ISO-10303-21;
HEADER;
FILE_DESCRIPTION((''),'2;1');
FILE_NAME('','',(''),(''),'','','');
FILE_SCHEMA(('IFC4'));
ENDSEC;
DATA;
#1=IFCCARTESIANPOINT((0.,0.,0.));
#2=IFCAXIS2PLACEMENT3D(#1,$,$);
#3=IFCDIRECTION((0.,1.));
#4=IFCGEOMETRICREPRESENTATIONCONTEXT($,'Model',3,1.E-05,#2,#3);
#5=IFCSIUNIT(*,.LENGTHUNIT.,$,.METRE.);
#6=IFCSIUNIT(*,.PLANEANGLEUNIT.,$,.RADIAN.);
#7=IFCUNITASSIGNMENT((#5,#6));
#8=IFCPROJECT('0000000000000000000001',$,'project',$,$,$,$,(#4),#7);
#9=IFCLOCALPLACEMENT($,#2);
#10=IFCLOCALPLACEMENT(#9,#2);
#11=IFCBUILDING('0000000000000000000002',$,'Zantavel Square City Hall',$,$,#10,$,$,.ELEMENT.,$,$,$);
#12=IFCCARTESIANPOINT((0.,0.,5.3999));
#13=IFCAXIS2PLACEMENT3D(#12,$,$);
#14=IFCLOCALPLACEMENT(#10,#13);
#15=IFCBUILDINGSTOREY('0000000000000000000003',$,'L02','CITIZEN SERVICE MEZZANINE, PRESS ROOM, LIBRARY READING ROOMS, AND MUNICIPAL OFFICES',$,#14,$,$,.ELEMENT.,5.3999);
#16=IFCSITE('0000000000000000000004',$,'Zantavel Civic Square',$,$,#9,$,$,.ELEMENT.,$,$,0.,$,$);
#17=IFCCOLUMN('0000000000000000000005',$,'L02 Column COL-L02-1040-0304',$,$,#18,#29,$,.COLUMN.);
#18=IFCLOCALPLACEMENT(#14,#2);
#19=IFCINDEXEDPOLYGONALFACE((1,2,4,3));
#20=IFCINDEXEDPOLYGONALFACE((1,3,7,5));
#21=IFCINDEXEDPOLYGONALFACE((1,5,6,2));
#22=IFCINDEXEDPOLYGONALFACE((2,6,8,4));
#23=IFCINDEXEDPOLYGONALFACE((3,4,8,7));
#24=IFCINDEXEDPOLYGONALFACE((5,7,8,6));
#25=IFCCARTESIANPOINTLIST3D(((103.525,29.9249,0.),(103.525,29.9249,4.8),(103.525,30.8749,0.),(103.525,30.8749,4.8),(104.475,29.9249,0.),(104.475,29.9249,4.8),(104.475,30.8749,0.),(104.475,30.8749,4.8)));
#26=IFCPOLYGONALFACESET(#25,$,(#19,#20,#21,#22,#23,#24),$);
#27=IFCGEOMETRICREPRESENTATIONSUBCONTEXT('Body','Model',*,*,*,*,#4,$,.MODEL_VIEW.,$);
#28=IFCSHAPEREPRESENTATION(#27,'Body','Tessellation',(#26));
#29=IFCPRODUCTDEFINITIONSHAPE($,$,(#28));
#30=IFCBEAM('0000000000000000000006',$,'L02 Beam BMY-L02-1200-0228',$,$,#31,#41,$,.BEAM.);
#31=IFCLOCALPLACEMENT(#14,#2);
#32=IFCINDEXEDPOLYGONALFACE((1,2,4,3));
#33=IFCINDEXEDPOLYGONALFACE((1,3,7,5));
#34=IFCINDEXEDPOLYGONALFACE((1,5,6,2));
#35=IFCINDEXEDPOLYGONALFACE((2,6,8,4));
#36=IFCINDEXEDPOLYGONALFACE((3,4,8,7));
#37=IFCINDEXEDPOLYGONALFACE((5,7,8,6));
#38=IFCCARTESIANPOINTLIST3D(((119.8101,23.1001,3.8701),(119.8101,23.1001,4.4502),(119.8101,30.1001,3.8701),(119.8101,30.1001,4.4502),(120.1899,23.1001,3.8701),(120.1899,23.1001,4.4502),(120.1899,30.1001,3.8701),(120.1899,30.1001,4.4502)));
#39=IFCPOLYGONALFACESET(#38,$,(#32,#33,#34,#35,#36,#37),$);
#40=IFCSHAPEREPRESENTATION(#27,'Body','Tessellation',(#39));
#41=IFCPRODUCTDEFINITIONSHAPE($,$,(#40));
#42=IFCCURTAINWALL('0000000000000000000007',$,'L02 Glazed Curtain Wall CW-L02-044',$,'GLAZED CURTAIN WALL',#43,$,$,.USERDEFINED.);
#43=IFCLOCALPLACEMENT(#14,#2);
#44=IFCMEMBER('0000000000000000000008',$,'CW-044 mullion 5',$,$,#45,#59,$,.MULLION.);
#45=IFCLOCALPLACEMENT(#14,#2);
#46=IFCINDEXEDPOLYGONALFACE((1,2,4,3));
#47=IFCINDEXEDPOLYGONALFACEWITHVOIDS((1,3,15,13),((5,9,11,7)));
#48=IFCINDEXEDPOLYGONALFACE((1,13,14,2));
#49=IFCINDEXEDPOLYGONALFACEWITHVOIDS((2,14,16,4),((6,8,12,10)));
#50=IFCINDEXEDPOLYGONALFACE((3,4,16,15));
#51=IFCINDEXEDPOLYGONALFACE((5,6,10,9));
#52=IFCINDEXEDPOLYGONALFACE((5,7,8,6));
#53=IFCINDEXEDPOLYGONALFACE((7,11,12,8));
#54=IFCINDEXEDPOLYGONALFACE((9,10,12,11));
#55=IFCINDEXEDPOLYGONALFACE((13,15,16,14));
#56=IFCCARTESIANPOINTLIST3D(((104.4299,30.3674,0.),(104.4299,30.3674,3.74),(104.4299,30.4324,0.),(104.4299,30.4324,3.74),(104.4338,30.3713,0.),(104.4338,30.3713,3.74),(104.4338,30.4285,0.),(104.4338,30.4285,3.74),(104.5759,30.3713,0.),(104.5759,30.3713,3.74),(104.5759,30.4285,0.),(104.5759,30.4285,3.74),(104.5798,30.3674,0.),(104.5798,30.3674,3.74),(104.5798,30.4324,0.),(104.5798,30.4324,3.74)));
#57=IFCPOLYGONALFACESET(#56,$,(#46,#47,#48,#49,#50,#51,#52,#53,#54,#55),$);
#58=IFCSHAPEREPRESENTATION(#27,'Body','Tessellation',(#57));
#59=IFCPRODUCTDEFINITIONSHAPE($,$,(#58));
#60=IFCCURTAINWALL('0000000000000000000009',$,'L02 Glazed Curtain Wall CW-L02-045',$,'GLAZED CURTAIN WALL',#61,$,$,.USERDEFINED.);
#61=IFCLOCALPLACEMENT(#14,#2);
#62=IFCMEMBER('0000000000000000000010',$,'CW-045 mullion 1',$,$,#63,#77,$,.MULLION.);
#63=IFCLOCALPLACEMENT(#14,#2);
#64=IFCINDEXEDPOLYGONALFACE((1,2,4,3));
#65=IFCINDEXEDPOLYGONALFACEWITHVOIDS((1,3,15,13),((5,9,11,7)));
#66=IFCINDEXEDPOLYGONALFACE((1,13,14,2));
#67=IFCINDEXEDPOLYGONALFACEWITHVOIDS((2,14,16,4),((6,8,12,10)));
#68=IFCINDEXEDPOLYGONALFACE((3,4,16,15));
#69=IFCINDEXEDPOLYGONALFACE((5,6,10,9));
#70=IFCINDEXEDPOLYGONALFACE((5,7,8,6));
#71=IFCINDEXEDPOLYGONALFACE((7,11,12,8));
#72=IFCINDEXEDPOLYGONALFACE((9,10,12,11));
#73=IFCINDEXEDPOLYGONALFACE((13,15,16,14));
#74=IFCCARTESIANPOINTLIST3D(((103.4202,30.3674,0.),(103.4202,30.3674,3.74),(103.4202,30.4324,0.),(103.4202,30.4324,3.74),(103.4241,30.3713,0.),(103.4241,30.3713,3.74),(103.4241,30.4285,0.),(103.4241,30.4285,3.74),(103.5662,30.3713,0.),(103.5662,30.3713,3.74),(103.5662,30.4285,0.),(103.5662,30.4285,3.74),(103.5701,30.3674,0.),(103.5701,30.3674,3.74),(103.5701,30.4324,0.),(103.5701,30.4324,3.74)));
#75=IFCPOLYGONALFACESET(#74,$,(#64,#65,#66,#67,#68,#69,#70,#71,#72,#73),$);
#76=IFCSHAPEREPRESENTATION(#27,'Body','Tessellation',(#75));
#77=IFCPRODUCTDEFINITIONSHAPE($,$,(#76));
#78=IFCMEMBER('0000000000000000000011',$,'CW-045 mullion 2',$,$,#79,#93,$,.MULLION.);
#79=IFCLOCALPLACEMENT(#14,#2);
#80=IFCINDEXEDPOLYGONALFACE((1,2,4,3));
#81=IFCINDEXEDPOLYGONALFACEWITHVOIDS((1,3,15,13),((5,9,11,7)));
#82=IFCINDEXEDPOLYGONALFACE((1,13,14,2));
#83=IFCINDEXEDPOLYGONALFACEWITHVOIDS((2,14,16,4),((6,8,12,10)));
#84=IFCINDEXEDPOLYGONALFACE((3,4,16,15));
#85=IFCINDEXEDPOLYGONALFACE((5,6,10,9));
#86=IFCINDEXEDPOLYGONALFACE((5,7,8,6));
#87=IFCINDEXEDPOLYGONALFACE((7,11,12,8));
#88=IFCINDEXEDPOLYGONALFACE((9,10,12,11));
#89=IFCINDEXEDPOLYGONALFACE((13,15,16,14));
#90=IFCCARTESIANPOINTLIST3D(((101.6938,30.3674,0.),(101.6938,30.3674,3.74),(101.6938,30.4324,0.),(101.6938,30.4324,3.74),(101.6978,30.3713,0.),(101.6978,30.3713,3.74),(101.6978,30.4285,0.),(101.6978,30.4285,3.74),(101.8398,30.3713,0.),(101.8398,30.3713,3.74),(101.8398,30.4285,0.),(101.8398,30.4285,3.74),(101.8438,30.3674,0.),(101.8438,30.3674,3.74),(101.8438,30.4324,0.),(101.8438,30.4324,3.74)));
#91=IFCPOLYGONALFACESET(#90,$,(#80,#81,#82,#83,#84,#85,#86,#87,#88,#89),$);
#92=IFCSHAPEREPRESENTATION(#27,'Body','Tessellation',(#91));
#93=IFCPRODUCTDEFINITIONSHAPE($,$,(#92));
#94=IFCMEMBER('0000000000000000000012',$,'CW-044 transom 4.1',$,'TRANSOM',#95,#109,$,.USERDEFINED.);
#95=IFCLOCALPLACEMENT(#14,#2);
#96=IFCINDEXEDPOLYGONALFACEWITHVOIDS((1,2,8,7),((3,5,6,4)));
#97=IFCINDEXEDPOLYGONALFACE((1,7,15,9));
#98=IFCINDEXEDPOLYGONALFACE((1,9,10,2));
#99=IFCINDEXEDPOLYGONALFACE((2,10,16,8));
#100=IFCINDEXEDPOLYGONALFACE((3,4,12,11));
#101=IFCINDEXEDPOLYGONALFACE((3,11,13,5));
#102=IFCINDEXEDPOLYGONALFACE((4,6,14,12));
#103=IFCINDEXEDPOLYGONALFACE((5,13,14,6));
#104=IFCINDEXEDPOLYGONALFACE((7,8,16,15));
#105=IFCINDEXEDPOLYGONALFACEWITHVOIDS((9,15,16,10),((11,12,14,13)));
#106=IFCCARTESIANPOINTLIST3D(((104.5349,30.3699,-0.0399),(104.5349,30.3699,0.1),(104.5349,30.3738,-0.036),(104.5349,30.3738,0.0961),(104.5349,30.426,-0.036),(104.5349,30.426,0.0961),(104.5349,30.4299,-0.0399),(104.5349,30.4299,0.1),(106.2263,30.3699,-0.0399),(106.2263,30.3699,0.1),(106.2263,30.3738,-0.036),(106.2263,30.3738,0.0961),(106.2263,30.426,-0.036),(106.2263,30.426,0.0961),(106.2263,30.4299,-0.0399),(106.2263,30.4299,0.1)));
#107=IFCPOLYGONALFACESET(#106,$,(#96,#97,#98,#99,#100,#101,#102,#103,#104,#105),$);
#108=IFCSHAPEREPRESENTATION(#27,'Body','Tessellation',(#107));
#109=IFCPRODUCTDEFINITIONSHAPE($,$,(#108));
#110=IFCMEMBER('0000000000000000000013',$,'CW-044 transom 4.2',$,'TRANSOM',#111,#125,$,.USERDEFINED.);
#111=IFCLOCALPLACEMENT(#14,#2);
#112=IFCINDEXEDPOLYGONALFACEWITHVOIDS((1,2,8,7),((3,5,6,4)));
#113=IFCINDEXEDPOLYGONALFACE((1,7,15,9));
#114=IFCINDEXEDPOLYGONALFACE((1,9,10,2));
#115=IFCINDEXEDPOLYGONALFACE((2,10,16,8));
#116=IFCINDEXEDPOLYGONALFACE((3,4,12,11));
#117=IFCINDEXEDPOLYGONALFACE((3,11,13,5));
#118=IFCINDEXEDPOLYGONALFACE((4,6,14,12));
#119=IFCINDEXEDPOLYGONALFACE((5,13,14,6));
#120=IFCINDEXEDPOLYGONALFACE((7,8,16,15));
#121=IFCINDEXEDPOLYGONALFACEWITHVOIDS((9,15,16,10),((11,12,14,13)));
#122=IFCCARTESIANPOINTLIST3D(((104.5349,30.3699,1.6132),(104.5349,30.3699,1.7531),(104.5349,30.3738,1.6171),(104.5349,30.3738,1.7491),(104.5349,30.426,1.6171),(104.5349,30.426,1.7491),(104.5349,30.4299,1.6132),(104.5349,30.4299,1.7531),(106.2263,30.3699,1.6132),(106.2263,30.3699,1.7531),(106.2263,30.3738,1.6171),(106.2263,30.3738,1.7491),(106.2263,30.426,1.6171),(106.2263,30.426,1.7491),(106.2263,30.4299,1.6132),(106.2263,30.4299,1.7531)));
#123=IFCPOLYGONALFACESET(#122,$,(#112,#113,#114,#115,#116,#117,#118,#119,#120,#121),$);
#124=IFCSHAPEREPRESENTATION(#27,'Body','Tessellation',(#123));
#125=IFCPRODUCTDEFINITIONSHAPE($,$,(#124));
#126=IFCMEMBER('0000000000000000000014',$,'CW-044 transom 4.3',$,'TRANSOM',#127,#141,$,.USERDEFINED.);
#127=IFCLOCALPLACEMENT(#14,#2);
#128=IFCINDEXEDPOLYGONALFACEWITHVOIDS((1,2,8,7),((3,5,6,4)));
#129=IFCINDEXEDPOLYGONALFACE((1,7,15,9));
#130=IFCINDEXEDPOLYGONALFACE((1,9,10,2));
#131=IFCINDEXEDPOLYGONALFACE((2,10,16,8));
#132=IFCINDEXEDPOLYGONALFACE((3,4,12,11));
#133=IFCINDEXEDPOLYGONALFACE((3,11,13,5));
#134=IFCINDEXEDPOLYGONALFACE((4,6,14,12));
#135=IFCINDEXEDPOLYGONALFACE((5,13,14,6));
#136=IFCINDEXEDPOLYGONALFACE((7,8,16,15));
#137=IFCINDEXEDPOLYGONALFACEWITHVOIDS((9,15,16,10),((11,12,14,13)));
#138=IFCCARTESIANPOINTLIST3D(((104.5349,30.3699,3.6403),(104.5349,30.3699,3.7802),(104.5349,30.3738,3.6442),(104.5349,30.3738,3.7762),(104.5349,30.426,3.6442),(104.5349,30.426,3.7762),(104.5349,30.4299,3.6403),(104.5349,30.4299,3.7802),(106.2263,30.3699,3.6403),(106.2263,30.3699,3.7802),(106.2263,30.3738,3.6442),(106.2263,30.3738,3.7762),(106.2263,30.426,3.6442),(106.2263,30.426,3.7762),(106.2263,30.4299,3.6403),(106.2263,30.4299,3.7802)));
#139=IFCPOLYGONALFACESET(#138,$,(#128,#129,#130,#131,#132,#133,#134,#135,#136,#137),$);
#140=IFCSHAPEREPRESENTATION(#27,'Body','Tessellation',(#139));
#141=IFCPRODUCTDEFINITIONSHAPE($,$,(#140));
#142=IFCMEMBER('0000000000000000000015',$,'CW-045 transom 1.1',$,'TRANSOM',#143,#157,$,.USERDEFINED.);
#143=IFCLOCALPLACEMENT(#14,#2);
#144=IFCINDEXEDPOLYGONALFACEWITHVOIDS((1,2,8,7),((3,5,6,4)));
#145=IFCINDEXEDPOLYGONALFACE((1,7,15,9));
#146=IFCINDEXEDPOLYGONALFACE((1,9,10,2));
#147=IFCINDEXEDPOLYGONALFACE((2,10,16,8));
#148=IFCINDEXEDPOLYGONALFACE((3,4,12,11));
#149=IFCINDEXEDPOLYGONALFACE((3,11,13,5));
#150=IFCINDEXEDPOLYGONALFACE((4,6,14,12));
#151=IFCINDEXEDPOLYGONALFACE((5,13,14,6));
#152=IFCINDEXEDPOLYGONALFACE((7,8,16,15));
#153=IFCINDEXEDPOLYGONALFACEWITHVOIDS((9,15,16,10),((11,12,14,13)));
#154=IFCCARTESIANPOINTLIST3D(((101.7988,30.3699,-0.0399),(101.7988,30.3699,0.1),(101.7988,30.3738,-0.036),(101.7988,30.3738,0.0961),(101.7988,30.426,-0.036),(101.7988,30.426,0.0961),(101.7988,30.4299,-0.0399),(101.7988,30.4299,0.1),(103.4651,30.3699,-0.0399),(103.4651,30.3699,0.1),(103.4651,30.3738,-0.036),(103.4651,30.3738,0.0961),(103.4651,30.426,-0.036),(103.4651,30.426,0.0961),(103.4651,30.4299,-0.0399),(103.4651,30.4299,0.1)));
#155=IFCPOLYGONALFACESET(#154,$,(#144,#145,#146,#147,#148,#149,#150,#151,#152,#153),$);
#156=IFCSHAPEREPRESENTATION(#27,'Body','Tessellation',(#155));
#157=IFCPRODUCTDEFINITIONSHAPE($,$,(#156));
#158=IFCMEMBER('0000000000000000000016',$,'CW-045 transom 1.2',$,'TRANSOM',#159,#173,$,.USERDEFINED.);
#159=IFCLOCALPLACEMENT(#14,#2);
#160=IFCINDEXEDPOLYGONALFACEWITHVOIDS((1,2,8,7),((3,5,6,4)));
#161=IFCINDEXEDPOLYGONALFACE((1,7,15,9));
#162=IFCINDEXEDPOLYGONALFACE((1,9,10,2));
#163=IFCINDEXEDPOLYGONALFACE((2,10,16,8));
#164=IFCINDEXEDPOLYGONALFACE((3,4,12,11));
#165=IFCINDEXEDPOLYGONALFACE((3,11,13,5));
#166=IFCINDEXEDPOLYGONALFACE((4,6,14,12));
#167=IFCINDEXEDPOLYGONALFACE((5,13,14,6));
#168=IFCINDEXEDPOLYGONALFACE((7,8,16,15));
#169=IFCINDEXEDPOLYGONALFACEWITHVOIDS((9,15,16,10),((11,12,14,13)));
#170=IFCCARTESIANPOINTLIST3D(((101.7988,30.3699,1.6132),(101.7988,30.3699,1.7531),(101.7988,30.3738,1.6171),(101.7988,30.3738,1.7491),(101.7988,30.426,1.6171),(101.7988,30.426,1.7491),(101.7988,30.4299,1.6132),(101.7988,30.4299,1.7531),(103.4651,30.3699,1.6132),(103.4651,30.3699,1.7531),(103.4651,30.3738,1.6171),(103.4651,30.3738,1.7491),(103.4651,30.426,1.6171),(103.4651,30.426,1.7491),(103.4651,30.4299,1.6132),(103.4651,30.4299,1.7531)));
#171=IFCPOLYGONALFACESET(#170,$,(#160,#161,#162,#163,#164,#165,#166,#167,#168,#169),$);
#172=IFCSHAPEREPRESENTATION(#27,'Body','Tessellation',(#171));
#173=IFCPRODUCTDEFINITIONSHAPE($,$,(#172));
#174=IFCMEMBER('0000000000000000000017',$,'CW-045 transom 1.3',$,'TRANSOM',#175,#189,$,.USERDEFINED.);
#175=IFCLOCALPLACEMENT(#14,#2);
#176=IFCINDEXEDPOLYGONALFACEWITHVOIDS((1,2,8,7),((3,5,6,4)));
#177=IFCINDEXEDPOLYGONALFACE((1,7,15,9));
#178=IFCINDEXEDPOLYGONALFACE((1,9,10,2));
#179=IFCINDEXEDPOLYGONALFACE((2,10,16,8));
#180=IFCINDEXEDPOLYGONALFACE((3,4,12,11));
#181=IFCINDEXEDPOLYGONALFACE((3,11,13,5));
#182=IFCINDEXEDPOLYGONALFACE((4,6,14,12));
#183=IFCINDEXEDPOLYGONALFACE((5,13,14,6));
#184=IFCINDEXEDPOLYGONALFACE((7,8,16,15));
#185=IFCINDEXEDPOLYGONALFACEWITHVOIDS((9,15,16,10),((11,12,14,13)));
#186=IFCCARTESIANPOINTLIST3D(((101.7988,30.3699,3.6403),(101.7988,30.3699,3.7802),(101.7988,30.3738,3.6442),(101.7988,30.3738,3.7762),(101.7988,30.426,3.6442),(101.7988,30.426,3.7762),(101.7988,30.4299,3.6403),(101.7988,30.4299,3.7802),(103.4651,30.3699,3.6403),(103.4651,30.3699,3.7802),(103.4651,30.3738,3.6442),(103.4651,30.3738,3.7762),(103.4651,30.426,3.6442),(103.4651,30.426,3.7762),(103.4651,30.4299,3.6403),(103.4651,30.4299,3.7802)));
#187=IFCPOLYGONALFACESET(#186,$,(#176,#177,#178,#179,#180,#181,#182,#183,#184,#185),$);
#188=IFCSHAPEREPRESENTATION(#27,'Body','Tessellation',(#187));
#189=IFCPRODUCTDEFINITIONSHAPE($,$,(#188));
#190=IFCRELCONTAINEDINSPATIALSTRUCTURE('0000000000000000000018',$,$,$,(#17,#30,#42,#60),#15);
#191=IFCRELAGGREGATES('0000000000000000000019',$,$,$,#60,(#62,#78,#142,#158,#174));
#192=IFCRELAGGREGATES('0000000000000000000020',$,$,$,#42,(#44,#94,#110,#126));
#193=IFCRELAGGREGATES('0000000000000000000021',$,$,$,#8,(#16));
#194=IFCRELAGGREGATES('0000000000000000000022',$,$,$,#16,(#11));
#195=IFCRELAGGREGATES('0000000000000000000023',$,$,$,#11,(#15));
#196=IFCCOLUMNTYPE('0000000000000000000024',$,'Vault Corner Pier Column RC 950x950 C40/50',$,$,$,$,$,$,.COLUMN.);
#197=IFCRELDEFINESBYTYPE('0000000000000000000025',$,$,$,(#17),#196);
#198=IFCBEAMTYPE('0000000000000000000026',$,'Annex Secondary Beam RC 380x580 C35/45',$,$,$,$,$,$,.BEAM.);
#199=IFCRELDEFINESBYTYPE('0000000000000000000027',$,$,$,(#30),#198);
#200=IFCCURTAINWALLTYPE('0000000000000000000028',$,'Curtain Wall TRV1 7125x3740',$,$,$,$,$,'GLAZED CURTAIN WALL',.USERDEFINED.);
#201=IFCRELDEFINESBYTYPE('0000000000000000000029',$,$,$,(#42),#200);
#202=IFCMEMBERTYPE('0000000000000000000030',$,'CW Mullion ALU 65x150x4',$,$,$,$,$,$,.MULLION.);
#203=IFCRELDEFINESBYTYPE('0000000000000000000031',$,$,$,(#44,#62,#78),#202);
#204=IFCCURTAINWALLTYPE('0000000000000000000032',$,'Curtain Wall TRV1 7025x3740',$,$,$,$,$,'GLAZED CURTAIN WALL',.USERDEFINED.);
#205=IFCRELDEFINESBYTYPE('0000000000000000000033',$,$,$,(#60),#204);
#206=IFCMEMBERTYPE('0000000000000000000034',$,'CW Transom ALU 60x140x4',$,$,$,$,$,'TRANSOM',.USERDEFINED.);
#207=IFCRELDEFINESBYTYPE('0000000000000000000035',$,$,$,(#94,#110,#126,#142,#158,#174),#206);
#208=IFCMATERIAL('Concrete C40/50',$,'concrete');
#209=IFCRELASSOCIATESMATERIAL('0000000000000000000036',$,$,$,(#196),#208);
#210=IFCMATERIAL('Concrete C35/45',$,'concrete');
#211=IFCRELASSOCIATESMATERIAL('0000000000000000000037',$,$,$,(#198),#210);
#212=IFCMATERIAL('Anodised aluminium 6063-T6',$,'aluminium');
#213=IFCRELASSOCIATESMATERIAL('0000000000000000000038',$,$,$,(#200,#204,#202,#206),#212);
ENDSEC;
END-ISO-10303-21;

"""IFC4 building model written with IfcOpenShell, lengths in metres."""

from ifc_helpers import new_model, si_unit, direction, frame, origin, origin_2d, place, context, subcontext, project, spatial, rectangle, hollow_rectangle, extrude, material, material_profile, profile_set, type_object, element, aggregate, save


model = new_model("IFC4")

# Units and contexts
model_context = context("Model", 3, precision=1e-05, world=origin(), true_north=direction((0.0, 1.0)))
body_context = subcontext(model_context, "Body", "Model", "MODEL_VIEW")
ifc_project = project(units=[si_unit("LENGTHUNIT", "METRE"), si_unit("PLANEANGLEUNIT", "RADIAN")], contexts=[model_context])

# Site, building, storey
site_placement = place(None, origin())
site = spatial("IfcSite", under=ifc_project, at=site_placement, Name="Zantavel Civic Square", CompositionType="ELEMENT", RefElevation=0.0)
building_placement = place(site_placement, origin())
building = spatial("IfcBuilding", under=site, at=building_placement, Name="Zantavel Square City Hall", CompositionType="ELEMENT")
storey_placement = place(building_placement, frame((0.0, 0.0, 5.3999)))
storey = spatial("IfcBuildingStorey", under=building, at=storey_placement, Name="L02", Description="CITIZEN SERVICE MEZZANINE, PRESS ROOM, LIBRARY READING ROOMS, AND MUNICIPAL OFFICES", CompositionType="ELEMENT", Elevation=5.3999)

# Column
ifc_material_1 = material(Name="Concrete C40/50", Category="concrete")
ifc_material_profile_1 = material_profile(ifc_material_1, rectangle(XDim=0.95, YDim=0.95, at=origin_2d()), Name="RC 950x950")
ifc_profile_set_1 = profile_set([ifc_material_profile_1], Name="Concrete C40/50")
column_type = type_object("IfcColumnType", Name="Vault Corner Pier Column RC 950x950 C40/50", PredefinedType="COLUMN", material=ifc_profile_set_1)
column_placement = place(storey_placement, frame((104.0, 30.3999, 0.0), z_axis=(0.0, 0.0, 1.0), x_axis=(1.0, 0.0, 0.0)))
element("IfcColumn", 1, at=column_placement, inside=storey, type_object=column_type, Name="L02 Column COL-L02-1040-0304", PredefinedType="COLUMN", context=body_context, shape_type="SweptSolid", body=[
    extrude(rectangle(XDim=0.95, YDim=0.95, at=origin_2d()), origin(), (0.0, 0.0, 1.0), 4.8),
])

# Beam
ifc_material_2 = material(Name="Concrete C35/45", Category="concrete")
ifc_material_profile_2 = material_profile(ifc_material_2, rectangle(XDim=0.3799, YDim=0.5801, at=origin_2d()), Name="RC 380x580")
ifc_profile_set_2 = profile_set([ifc_material_profile_2], Name="Concrete C35/45")
beam_type_1 = type_object("IfcBeamType", Name="Annex Secondary Beam RC 380x580 C35/45", PredefinedType="BEAM", material=ifc_profile_set_2)
beam_1_placement = place(storey_placement, frame((120.0, 23.1001, 4.1602), z_axis=(0.0, 1.0, 0.0), x_axis=(-1.0, 0.0, 0.0)))
element("IfcBeam", 2, at=beam_1_placement, inside=storey, type_object=beam_type_1, Name="L02 Beam BMY-L02-1200-0228", PredefinedType="BEAM", context=body_context, shape_type="SweptSolid", body=[
    extrude(rectangle(XDim=0.3799, YDim=0.5801, at=origin_2d()), origin(), (0.0, 0.0, 1.0), 7.0),
])

# Curtain wall, member
ifc_material_3 = material(Name="Anodised aluminium 6063-T6", Category="aluminium")
curtain_wall_type_1 = type_object("IfcCurtainWallType", Name="Curtain Wall TRV1 7125x3740", ElementType="GLAZED CURTAIN WALL", PredefinedType="USERDEFINED", material=ifc_material_3)
curtain_wall_1_placement = place(storey_placement, origin())
curtain_wall_1 = element("IfcCurtainWall", 3, at=curtain_wall_1_placement, inside=storey, type_object=curtain_wall_type_1, Name="L02 Glazed Curtain Wall CW-L02-044", ObjectType="GLAZED CURTAIN WALL", PredefinedType="USERDEFINED")
ifc_material_profile_3 = material_profile(ifc_material_3, hollow_rectangle(XDim=0.0649, YDim=0.1499, WallThickness=0.0039, at=origin_2d()), Name="ALU 65x150x4")
ifc_profile_set_3 = profile_set([ifc_material_profile_3], Name="Anodised aluminium 6063-T6")
member_type_1 = type_object("IfcMemberType", Name="CW Mullion ALU 65x150x4", PredefinedType="MULLION", material=ifc_profile_set_3)
member_1_placement = place(storey_placement, frame((104.5049, 30.3999, 0.0), z_axis=(0.0, 0.0, 1.0), x_axis=(0.0, -1.0, 0.0)))
member_1 = element("IfcMember", 4, at=member_1_placement, type_object=member_type_1, Name="CW-044 mullion 5", PredefinedType="MULLION", context=body_context, shape_type="SweptSolid", body=[
    extrude(hollow_rectangle(XDim=0.0649, YDim=0.1499, WallThickness=0.0039, at=origin_2d()), origin(), (0.0, 0.0, 1.0), 3.74),
])

# Curtain wall, members
curtain_wall_type_2 = type_object("IfcCurtainWallType", Name="Curtain Wall TRV1 7025x3740", ElementType="GLAZED CURTAIN WALL", PredefinedType="USERDEFINED", material=ifc_material_3)
curtain_wall_2_placement = place(storey_placement, origin())
curtain_wall_2 = element("IfcCurtainWall", 5, at=curtain_wall_2_placement, inside=storey, type_object=curtain_wall_type_2, Name="L02 Glazed Curtain Wall CW-L02-045", ObjectType="GLAZED CURTAIN WALL", PredefinedType="USERDEFINED")
member_2_placement = place(storey_placement, frame((103.4951, 30.3999, 0.0), z_axis=(0.0, 0.0, 1.0), x_axis=(0.0, -1.0, 0.0)))
member_2 = element("IfcMember", 6, at=member_2_placement, type_object=member_type_1, Name="CW-045 mullion 1", PredefinedType="MULLION", context=body_context, shape_type="SweptSolid", body=[
    extrude(hollow_rectangle(XDim=0.0649, YDim=0.1499, WallThickness=0.0039, at=origin_2d()), origin(), (0.0, 0.0, 1.0), 3.74),
])
member_3_placement = place(storey_placement, frame((101.7688, 30.3999, 0.0), z_axis=(0.0, 0.0, 1.0), x_axis=(0.0, -1.0, 0.0)))
member_3 = element("IfcMember", 7, at=member_3_placement, type_object=member_type_1, Name="CW-045 mullion 2", PredefinedType="MULLION", context=body_context, shape_type="SweptSolid", body=[
    extrude(hollow_rectangle(XDim=0.0649, YDim=0.1499, WallThickness=0.0039, at=origin_2d()), origin(), (0.0, 0.0, 1.0), 3.74),
])

# Members
ifc_material_profile_4 = material_profile(ifc_material_3, hollow_rectangle(XDim=0.0601, YDim=0.1399, WallThickness=0.0039, at=origin_2d()), Name="ALU 60x140x4")
ifc_profile_set_4 = profile_set([ifc_material_profile_4], Name="Anodised aluminium 6063-T6")
member_type_2 = type_object("IfcMemberType", Name="CW Transom ALU 60x140x4", ElementType="TRANSOM", PredefinedType="USERDEFINED", material=ifc_profile_set_4)
member_4_placement = place(storey_placement, frame((106.2263, 30.3999, 0.03), z_axis=(-1.0, 0.0, 0.0), x_axis=(0.0, -1.0, 0.0)))
member_4 = element("IfcMember", 8, at=member_4_placement, type_object=member_type_2, Name="CW-044 transom 4.1", ObjectType="TRANSOM", PredefinedType="USERDEFINED", context=body_context, shape_type="SweptSolid", body=[
    extrude(hollow_rectangle(XDim=0.0601, YDim=0.1399, WallThickness=0.0039, at=origin_2d()), origin(), (0.0, 0.0, 1.0), 1.6914),
])
member_5_placement = place(storey_placement, frame((106.2263, 30.3999, 1.6831), z_axis=(-1.0, 0.0, 0.0), x_axis=(0.0, -1.0, 0.0)))
member_5 = element("IfcMember", 9, at=member_5_placement, type_object=member_type_2, Name="CW-044 transom 4.2", ObjectType="TRANSOM", PredefinedType="USERDEFINED", context=body_context, shape_type="SweptSolid", body=[
    extrude(hollow_rectangle(XDim=0.0601, YDim=0.1399, WallThickness=0.0039, at=origin_2d()), origin(), (0.0, 0.0, 1.0), 1.6914),
])
member_6_placement = place(storey_placement, frame((106.2263, 30.3999, 3.7102), z_axis=(-1.0, 0.0, 0.0), x_axis=(0.0, -1.0, 0.0)))
member_6 = element("IfcMember", 10, at=member_6_placement, type_object=member_type_2, Name="CW-044 transom 4.3", ObjectType="TRANSOM", PredefinedType="USERDEFINED", context=body_context, shape_type="SweptSolid", body=[
    extrude(hollow_rectangle(XDim=0.0601, YDim=0.1399, WallThickness=0.0039, at=origin_2d()), origin(), (0.0, 0.0, 1.0), 1.6914),
])
member_7_placement = place(storey_placement, frame((103.4651, 30.3999, 0.03), z_axis=(-1.0, 0.0, 0.0), x_axis=(0.0, -1.0, 0.0)))
member_7 = element("IfcMember", 11, at=member_7_placement, type_object=member_type_2, Name="CW-045 transom 1.1", ObjectType="TRANSOM", PredefinedType="USERDEFINED", context=body_context, shape_type="SweptSolid", body=[
    extrude(hollow_rectangle(XDim=0.0601, YDim=0.1399, WallThickness=0.0039, at=origin_2d()), origin(), (0.0, 0.0, 1.0), 1.6663),
])
member_8_placement = place(storey_placement, frame((103.4651, 30.3999, 1.6831), z_axis=(-1.0, 0.0, 0.0), x_axis=(0.0, -1.0, 0.0)))
member_8 = element("IfcMember", 12, at=member_8_placement, type_object=member_type_2, Name="CW-045 transom 1.2", ObjectType="TRANSOM", PredefinedType="USERDEFINED", context=body_context, shape_type="SweptSolid", body=[
    extrude(hollow_rectangle(XDim=0.0601, YDim=0.1399, WallThickness=0.0039, at=origin_2d()), origin(), (0.0, 0.0, 1.0), 1.6663),
])
member_9_placement = place(storey_placement, frame((103.4651, 30.3999, 3.7102), z_axis=(-1.0, 0.0, 0.0), x_axis=(0.0, -1.0, 0.0)))
member_9 = element("IfcMember", 13, at=member_9_placement, type_object=member_type_2, Name="CW-045 transom 1.3", ObjectType="TRANSOM", PredefinedType="USERDEFINED", context=body_context, shape_type="SweptSolid", body=[
    extrude(hollow_rectangle(XDim=0.0601, YDim=0.1399, WallThickness=0.0039, at=origin_2d()), origin(), (0.0, 0.0, 1.0), 1.6663),
])

aggregate(curtain_wall_2, [member_2, member_3, member_7, member_8, member_9])
aggregate(curtain_wall_1, [member_1, member_4, member_5, member_6])

save(model, "model.ifc")
